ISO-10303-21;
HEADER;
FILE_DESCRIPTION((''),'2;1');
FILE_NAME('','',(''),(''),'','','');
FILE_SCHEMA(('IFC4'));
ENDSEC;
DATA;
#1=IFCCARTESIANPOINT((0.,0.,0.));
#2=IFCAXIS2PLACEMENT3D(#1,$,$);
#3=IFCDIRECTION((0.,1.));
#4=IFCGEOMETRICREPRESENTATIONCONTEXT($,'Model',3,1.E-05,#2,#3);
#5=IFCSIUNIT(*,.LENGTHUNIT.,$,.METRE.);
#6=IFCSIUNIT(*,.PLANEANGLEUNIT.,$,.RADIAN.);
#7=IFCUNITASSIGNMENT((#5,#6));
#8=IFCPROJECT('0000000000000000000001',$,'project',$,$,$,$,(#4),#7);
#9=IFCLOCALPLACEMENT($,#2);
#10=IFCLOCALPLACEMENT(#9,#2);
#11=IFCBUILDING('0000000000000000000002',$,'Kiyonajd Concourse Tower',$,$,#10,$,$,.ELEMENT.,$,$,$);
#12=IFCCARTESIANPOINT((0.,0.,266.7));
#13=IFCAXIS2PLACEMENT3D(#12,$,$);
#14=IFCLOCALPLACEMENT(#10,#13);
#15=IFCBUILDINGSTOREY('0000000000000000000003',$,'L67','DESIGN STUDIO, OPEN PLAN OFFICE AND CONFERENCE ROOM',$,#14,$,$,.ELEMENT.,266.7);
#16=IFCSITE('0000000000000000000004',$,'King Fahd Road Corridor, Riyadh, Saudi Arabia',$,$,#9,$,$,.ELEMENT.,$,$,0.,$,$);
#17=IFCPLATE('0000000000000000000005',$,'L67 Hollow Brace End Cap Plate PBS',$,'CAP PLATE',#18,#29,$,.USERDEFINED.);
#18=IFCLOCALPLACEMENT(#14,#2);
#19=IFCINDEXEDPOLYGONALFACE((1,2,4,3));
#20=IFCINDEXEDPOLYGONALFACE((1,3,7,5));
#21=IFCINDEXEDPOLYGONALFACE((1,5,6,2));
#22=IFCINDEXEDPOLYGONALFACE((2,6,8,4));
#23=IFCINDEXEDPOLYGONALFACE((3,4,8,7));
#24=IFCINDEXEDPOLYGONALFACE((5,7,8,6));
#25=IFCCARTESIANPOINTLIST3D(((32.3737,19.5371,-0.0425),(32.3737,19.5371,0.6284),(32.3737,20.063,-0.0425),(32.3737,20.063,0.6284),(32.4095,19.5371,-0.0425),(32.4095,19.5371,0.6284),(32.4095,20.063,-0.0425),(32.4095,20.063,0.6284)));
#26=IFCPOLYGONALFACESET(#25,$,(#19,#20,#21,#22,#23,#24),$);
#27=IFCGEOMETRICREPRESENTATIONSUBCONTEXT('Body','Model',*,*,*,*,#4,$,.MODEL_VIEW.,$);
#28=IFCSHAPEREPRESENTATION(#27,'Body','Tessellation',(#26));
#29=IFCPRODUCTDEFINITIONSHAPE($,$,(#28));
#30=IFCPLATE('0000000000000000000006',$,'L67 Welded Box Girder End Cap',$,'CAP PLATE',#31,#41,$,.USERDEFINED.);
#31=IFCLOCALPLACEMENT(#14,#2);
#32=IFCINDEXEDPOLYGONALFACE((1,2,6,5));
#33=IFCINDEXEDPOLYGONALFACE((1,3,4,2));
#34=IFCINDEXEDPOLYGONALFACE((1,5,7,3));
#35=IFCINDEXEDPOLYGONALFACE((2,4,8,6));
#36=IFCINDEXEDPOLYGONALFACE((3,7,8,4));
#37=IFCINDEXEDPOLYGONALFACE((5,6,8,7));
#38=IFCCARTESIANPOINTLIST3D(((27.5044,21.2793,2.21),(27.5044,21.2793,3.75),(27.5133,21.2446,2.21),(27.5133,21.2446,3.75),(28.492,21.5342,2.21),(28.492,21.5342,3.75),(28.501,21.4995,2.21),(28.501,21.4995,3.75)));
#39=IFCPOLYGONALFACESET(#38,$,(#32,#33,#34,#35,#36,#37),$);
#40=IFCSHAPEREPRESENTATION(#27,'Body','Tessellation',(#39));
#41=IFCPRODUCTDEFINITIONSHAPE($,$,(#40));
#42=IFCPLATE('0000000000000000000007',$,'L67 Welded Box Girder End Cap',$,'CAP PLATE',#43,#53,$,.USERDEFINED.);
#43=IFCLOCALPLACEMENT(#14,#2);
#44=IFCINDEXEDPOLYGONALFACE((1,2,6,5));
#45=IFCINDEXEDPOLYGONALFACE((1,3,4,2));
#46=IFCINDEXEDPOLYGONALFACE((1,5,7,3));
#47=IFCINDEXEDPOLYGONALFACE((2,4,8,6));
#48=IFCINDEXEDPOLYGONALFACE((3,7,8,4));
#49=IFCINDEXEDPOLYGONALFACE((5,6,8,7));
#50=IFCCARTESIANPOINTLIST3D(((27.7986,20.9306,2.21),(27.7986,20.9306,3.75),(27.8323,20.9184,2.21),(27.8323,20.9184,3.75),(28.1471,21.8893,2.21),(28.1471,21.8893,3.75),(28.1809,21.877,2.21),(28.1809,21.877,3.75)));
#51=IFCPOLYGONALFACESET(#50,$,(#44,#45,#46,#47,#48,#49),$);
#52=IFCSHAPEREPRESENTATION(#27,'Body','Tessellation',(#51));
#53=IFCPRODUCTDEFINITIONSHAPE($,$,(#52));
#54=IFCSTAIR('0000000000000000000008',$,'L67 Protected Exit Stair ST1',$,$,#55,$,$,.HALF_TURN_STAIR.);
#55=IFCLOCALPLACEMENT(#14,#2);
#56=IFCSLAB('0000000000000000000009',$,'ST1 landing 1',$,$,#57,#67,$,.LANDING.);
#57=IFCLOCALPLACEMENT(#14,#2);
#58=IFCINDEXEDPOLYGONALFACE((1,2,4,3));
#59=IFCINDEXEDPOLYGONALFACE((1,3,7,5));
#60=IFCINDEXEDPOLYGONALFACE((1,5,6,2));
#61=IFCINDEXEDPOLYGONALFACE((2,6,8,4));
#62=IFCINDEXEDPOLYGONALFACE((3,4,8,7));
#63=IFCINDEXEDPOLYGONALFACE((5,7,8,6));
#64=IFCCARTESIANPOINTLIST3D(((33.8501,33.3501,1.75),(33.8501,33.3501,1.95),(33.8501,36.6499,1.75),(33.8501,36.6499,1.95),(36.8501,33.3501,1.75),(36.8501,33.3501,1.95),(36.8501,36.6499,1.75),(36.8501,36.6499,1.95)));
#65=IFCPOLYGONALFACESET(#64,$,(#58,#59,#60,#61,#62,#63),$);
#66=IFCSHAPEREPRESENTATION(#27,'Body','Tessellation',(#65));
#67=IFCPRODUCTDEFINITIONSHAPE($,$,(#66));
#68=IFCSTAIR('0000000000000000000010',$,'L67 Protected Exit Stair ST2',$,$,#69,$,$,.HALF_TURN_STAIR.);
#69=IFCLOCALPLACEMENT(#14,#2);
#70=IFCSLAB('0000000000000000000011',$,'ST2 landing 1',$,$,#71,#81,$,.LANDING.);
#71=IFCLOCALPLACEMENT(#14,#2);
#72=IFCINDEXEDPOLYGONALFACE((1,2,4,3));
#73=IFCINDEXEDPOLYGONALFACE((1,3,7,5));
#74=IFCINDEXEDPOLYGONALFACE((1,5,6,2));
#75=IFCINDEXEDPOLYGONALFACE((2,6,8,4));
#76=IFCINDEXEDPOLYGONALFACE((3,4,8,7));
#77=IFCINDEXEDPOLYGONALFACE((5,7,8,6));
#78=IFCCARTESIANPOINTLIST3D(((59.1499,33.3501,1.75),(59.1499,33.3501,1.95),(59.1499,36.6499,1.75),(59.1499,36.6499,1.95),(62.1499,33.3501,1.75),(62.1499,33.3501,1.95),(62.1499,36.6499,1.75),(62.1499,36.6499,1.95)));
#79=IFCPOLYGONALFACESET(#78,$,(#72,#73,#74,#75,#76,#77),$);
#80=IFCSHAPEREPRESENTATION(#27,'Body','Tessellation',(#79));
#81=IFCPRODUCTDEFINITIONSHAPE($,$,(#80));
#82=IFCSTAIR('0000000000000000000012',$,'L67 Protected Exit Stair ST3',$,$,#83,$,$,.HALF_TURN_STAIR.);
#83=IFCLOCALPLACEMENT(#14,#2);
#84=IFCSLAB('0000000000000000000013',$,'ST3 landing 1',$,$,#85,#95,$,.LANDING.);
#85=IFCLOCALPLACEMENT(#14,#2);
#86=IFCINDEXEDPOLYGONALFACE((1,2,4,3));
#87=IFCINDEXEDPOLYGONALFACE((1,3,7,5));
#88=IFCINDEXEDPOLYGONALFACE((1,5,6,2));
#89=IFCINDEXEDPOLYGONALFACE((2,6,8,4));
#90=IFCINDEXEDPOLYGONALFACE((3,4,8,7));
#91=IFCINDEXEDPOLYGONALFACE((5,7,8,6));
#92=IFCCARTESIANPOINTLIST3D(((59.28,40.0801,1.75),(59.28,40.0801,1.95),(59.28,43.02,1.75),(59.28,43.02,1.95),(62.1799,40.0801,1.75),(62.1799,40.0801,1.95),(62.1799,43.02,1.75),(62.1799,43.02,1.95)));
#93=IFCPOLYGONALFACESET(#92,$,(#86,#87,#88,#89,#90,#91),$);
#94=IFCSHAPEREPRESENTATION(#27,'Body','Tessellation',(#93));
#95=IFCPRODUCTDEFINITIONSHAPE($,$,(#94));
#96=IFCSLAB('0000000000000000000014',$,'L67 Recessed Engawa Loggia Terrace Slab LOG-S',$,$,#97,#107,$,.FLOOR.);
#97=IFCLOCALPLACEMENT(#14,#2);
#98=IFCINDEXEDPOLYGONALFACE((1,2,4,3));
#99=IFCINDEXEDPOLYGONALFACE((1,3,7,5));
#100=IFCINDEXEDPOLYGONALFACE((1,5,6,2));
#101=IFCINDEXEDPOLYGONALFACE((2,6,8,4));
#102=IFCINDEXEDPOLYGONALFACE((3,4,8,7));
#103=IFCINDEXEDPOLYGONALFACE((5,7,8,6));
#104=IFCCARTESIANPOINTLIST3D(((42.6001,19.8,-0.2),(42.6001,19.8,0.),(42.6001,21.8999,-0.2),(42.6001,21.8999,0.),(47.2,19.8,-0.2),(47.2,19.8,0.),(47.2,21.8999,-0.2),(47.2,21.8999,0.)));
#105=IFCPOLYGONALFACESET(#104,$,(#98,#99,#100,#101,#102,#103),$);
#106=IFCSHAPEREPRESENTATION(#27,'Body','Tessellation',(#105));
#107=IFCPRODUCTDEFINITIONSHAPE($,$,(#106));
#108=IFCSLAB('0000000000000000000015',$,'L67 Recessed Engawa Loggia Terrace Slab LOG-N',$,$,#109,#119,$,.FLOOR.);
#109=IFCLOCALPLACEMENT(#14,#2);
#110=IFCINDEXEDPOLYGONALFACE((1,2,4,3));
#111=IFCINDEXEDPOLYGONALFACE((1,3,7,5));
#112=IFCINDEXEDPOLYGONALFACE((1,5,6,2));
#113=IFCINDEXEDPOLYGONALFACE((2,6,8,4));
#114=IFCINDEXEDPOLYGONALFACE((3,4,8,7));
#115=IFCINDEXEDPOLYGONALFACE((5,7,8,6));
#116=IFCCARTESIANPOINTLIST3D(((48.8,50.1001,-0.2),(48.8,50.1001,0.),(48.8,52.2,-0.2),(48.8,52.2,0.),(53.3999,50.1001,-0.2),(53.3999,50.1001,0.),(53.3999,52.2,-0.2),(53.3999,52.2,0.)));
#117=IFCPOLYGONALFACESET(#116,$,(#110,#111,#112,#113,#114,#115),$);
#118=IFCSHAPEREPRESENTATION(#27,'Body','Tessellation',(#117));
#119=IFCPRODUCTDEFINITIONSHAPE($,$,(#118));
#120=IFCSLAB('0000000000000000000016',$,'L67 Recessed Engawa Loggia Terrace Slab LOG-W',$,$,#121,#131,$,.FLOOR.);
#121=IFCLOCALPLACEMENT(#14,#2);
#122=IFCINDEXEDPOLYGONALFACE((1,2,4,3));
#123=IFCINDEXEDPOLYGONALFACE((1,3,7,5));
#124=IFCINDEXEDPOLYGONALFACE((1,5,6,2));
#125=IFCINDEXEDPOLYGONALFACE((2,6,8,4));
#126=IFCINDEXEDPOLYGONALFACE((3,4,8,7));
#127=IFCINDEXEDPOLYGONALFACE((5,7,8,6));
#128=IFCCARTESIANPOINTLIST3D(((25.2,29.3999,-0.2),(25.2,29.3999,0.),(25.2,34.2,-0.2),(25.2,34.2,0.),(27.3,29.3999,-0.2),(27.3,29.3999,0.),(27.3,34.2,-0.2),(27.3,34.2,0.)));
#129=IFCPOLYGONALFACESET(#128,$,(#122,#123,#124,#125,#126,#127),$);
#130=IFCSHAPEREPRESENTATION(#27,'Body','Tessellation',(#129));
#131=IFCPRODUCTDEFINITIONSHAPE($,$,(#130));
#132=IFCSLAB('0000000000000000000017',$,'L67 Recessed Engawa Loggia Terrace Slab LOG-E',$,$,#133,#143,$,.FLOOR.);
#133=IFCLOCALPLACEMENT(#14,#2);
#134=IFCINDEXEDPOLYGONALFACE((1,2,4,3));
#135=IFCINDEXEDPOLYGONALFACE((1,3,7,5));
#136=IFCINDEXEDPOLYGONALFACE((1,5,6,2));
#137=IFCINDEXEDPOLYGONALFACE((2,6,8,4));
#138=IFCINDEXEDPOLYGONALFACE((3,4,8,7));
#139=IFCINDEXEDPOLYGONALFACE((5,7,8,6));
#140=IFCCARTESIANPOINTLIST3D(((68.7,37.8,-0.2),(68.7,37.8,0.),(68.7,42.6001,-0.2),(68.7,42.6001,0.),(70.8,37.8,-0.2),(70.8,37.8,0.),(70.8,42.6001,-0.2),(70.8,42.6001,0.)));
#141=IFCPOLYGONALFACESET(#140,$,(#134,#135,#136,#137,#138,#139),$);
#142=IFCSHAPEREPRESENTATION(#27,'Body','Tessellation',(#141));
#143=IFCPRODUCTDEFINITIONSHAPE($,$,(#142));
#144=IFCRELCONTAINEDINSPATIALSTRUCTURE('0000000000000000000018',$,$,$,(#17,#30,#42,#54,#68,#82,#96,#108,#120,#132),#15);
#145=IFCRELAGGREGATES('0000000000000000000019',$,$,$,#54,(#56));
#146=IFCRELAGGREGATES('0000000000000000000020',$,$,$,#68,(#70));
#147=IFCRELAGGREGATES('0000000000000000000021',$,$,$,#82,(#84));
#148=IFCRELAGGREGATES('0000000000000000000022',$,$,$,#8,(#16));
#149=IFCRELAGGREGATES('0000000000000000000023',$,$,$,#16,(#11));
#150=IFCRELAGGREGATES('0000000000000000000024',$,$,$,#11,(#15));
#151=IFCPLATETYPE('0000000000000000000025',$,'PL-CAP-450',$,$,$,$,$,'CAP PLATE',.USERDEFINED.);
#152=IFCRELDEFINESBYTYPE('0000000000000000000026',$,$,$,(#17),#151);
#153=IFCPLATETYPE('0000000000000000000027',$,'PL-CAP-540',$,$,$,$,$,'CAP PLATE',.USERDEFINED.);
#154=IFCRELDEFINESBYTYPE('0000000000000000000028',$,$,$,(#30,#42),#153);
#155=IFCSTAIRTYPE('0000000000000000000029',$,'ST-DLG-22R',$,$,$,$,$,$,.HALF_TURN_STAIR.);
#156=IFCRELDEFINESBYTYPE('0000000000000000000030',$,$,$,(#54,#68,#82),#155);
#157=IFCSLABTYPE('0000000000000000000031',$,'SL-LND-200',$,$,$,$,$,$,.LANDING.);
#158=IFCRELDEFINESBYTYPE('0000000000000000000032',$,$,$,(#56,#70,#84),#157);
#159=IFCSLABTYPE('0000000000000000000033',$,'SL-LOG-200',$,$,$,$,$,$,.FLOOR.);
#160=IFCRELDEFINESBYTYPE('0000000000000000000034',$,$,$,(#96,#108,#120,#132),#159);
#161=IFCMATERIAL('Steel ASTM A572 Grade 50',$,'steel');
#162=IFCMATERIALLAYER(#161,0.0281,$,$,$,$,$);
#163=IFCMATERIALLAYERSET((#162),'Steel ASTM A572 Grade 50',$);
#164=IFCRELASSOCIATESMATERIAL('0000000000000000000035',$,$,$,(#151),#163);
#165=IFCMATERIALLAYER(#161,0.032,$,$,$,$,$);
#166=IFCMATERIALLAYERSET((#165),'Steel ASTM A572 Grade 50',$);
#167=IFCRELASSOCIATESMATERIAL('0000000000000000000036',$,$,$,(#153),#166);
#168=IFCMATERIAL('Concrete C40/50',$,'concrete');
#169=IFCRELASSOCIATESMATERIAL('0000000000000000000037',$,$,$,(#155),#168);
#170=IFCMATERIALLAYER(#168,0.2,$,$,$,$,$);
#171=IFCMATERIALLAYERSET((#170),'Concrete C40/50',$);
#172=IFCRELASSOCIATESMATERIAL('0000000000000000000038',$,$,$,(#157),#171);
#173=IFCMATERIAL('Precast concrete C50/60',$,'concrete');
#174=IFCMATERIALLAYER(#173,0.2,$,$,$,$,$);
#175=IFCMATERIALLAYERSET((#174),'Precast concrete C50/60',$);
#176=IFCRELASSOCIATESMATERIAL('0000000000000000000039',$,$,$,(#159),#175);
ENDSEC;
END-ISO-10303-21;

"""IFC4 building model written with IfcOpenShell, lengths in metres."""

from ifc_helpers import new_model, si_unit, direction, frame, origin, origin_2d, place, context, subcontext, project, spatial, polyline, rectangle, outline, extrude, material, layer, layer_set, type_object, element, aggregate, save


model = new_model("IFC4")

# Units and contexts
model_context = context("Model", 3, precision=1e-05, world=origin(), true_north=direction((0.0, 1.0)))
body_context = subcontext(model_context, "Body", "Model", "MODEL_VIEW")
ifc_project = project(units=[si_unit("LENGTHUNIT", "METRE"), si_unit("PLANEANGLEUNIT", "RADIAN")], contexts=[model_context])

# Site, building, storey
site_placement = place(None, origin())
site = spatial("IfcSite", under=ifc_project, at=site_placement, Name="King Fahd Road Corridor, Riyadh, Saudi Arabia", CompositionType="ELEMENT", RefElevation=0.0)
building_placement = place(site_placement, origin())
building = spatial("IfcBuilding", under=site, at=building_placement, Name="Kiyonajd Concourse Tower", CompositionType="ELEMENT")
storey_placement = place(building_placement, frame((0.0, 0.0, 266.7)))
storey = spatial("IfcBuildingStorey", under=building, at=storey_placement, Name="L67", Description="DESIGN STUDIO, OPEN PLAN OFFICE AND CONFERENCE ROOM", CompositionType="ELEMENT", Elevation=266.7)

# Shared definitions
ifc_material_1 = material(Name="Steel ASTM A572 Grade 50", Category="steel")

# Plates
ifc_layer_1 = layer(ifc_material_1, 0.0281)
ifc_layer_set_1 = layer_set([ifc_layer_1], Name="Steel ASTM A572 Grade 50")
plate_type_1 = type_object("IfcPlateType", Name="PL-CAP-450", ElementType="CAP PLATE", PredefinedType="USERDEFINED", material=ifc_layer_set_1)
plate_placement = place(storey_placement, frame((32.3916, 19.8, -0.0425), z_axis=(0.0, 0.0, 1.0), x_axis=(-1.0, 0.0, 0.0)))
element("IfcPlate", 1, at=plate_placement, inside=storey, type_object=plate_type_1, Name="L67 Hollow Brace End Cap Plate PBS", ObjectType="CAP PLATE", PredefinedType="USERDEFINED", context=body_context, shape_type="SweptSolid", body=[
    extrude(rectangle(XDim=0.0359, YDim=0.5259, at=origin_2d()), origin(), (0.0, 0.0, 1.0), 0.6709),
])
ifc_layer_2 = layer(ifc_material_1, 0.032)
ifc_layer_set_2 = layer_set([ifc_layer_2], Name="Steel ASTM A572 Grade 50")
plate_type_2 = type_object("IfcPlateType", Name="PL-CAP-540", ElementType="CAP PLATE", PredefinedType="USERDEFINED", material=ifc_layer_set_2)
for number, where, z_axis, x_axis, name in (
    (2, (28.0027, 21.3894, 2.21), (0.0, 0.0, 1.0), (0.249873, -0.968279, 0.0), "L67 Welded Box Girder End Cap"),
    (3, (27.9897, 21.4038, 2.21), (0.0, 0.0, 1.0), (-0.939812, 0.341692, 0.0), "L67 Welded Box Girder End Cap"),
):
    element("IfcPlate", number, at=place(storey_placement, frame(where, z_axis=z_axis, x_axis=x_axis)), inside=storey, type_object=plate_type_2, Name=name, ObjectType="CAP PLATE", PredefinedType="USERDEFINED", context=body_context, shape_type="SweptSolid", body=[
        extrude(rectangle(XDim=0.0359, YDim=1.02, at=origin_2d()), origin(), (0.0, 0.0, 1.0), 1.54),
    ])

# Stairs, slabs
ifc_material_2 = material(Name="Concrete C40/50", Category="concrete")
stair_type = type_object("IfcStairType", Name="ST-DLG-22R", PredefinedType="HALF_TURN_STAIR", material=ifc_material_2)
stair_1_placement = place(storey_placement, origin())
stair_1 = element("IfcStair", 4, at=stair_1_placement, inside=storey, type_object=stair_type, Name="L67 Protected Exit Stair ST1", PredefinedType="HALF_TURN_STAIR")
ifc_layer_3 = layer(ifc_material_2, 0.2)
ifc_layer_set_3 = layer_set([ifc_layer_3], Name="Concrete C40/50")
slab_type_1 = type_object("IfcSlabType", Name="SL-LND-200", PredefinedType="LANDING", material=ifc_layer_set_3)
slab_1_placement = place(storey_placement, frame((0.0, 0.0, 1.75)))
slab_1 = element("IfcSlab", 5, at=slab_1_placement, type_object=slab_type_1, Name="ST1 landing 1", PredefinedType="LANDING", context=body_context, shape_type="SweptSolid", body=[
    extrude(outline(polyline([(36.8501, 33.3501), (36.8501, 36.6499), (33.8501, 36.6499), (33.8501, 33.3501), (36.8501, 33.3501)])), origin(), (0.0, 0.0, 1.0), 0.2),
])
aggregate(stair_1, [slab_1])
stair_2_placement = place(storey_placement, origin())
stair_2 = element("IfcStair", 6, at=stair_2_placement, inside=storey, type_object=stair_type, Name="L67 Protected Exit Stair ST2", PredefinedType="HALF_TURN_STAIR")
slab_2_placement = place(storey_placement, frame((0.0, 0.0, 1.75)))
slab_2 = element("IfcSlab", 7, at=slab_2_placement, type_object=slab_type_1, Name="ST2 landing 1", PredefinedType="LANDING", context=body_context, shape_type="SweptSolid", body=[
    extrude(outline(polyline([(62.1499, 33.3501), (62.1499, 36.6499), (59.1499, 36.6499), (59.1499, 33.3501), (62.1499, 33.3501)])), origin(), (0.0, 0.0, 1.0), 0.2),
])
aggregate(stair_2, [slab_2])
stair_3_placement = place(storey_placement, origin())
stair_3 = element("IfcStair", 8, at=stair_3_placement, inside=storey, type_object=stair_type, Name="L67 Protected Exit Stair ST3", PredefinedType="HALF_TURN_STAIR")
slab_3_placement = place(storey_placement, frame((0.0, 0.0, 1.75)))
slab_3 = element("IfcSlab", 9, at=slab_3_placement, type_object=slab_type_1, Name="ST3 landing 1", PredefinedType="LANDING", context=body_context, shape_type="SweptSolid", body=[
    extrude(outline(polyline([(59.28, 40.0801), (62.1799, 40.0801), (62.1799, 43.02), (59.28, 43.02), (59.28, 40.0801)])), origin(), (0.0, 0.0, 1.0), 0.2),
])
aggregate(stair_3, [slab_3])

# Slabs
ifc_material_3 = material(Name="Precast concrete C50/60", Category="concrete")
ifc_layer_4 = layer(ifc_material_3, 0.2)
ifc_layer_set_4 = layer_set([ifc_layer_4], Name="Precast concrete C50/60")
slab_type_2 = type_object("IfcSlabType", Name="SL-LOG-200", PredefinedType="FLOOR", material=ifc_layer_set_4)
slab_4_placement = place(storey_placement, frame((0.0, 0.0, -0.2)))
element("IfcSlab", 10, at=slab_4_placement, inside=storey, type_object=slab_type_2, Name="L67 Recessed Engawa Loggia Terrace Slab LOG-S", PredefinedType="FLOOR", context=body_context, shape_type="SweptSolid", body=[
    extrude(outline(polyline([(42.6001, 19.8), (47.2, 19.8), (47.2, 21.8999), (42.6001, 21.8999), (42.6001, 19.8)])), origin(), (0.0, 0.0, 1.0), 0.2),
])
slab_5_placement = place(storey_placement, frame((0.0, 0.0, -0.2)))
element("IfcSlab", 11, at=slab_5_placement, inside=storey, type_object=slab_type_2, Name="L67 Recessed Engawa Loggia Terrace Slab LOG-N", PredefinedType="FLOOR", context=body_context, shape_type="SweptSolid", body=[
    extrude(outline(polyline([(48.8, 50.1001), (53.3999, 50.1001), (53.3999, 52.2), (48.8, 52.2), (48.8, 50.1001)])), origin(), (0.0, 0.0, 1.0), 0.2),
])
slab_6_placement = place(storey_placement, frame((0.0, 0.0, -0.2)))
element("IfcSlab", 12, at=slab_6_placement, inside=storey, type_object=slab_type_2, Name="L67 Recessed Engawa Loggia Terrace Slab LOG-W", PredefinedType="FLOOR", context=body_context, shape_type="SweptSolid", body=[
    extrude(outline(polyline([(25.2, 29.3999), (27.3, 29.3999), (27.3, 34.2), (25.2, 34.2), (25.2, 29.3999)])), origin(), (0.0, 0.0, 1.0), 0.2),
])
slab_7_placement = place(storey_placement, frame((0.0, 0.0, -0.2)))
element("IfcSlab", 13, at=slab_7_placement, inside=storey, type_object=slab_type_2, Name="L67 Recessed Engawa Loggia Terrace Slab LOG-E", PredefinedType="FLOOR", context=body_context, shape_type="SweptSolid", body=[
    extrude(outline(polyline([(68.7, 37.8), (70.8, 37.8), (70.8, 42.6001), (68.7, 42.6001), (68.7, 37.8)])), origin(), (0.0, 0.0, 1.0), 0.2),
])

save(model, "model.ifc")
